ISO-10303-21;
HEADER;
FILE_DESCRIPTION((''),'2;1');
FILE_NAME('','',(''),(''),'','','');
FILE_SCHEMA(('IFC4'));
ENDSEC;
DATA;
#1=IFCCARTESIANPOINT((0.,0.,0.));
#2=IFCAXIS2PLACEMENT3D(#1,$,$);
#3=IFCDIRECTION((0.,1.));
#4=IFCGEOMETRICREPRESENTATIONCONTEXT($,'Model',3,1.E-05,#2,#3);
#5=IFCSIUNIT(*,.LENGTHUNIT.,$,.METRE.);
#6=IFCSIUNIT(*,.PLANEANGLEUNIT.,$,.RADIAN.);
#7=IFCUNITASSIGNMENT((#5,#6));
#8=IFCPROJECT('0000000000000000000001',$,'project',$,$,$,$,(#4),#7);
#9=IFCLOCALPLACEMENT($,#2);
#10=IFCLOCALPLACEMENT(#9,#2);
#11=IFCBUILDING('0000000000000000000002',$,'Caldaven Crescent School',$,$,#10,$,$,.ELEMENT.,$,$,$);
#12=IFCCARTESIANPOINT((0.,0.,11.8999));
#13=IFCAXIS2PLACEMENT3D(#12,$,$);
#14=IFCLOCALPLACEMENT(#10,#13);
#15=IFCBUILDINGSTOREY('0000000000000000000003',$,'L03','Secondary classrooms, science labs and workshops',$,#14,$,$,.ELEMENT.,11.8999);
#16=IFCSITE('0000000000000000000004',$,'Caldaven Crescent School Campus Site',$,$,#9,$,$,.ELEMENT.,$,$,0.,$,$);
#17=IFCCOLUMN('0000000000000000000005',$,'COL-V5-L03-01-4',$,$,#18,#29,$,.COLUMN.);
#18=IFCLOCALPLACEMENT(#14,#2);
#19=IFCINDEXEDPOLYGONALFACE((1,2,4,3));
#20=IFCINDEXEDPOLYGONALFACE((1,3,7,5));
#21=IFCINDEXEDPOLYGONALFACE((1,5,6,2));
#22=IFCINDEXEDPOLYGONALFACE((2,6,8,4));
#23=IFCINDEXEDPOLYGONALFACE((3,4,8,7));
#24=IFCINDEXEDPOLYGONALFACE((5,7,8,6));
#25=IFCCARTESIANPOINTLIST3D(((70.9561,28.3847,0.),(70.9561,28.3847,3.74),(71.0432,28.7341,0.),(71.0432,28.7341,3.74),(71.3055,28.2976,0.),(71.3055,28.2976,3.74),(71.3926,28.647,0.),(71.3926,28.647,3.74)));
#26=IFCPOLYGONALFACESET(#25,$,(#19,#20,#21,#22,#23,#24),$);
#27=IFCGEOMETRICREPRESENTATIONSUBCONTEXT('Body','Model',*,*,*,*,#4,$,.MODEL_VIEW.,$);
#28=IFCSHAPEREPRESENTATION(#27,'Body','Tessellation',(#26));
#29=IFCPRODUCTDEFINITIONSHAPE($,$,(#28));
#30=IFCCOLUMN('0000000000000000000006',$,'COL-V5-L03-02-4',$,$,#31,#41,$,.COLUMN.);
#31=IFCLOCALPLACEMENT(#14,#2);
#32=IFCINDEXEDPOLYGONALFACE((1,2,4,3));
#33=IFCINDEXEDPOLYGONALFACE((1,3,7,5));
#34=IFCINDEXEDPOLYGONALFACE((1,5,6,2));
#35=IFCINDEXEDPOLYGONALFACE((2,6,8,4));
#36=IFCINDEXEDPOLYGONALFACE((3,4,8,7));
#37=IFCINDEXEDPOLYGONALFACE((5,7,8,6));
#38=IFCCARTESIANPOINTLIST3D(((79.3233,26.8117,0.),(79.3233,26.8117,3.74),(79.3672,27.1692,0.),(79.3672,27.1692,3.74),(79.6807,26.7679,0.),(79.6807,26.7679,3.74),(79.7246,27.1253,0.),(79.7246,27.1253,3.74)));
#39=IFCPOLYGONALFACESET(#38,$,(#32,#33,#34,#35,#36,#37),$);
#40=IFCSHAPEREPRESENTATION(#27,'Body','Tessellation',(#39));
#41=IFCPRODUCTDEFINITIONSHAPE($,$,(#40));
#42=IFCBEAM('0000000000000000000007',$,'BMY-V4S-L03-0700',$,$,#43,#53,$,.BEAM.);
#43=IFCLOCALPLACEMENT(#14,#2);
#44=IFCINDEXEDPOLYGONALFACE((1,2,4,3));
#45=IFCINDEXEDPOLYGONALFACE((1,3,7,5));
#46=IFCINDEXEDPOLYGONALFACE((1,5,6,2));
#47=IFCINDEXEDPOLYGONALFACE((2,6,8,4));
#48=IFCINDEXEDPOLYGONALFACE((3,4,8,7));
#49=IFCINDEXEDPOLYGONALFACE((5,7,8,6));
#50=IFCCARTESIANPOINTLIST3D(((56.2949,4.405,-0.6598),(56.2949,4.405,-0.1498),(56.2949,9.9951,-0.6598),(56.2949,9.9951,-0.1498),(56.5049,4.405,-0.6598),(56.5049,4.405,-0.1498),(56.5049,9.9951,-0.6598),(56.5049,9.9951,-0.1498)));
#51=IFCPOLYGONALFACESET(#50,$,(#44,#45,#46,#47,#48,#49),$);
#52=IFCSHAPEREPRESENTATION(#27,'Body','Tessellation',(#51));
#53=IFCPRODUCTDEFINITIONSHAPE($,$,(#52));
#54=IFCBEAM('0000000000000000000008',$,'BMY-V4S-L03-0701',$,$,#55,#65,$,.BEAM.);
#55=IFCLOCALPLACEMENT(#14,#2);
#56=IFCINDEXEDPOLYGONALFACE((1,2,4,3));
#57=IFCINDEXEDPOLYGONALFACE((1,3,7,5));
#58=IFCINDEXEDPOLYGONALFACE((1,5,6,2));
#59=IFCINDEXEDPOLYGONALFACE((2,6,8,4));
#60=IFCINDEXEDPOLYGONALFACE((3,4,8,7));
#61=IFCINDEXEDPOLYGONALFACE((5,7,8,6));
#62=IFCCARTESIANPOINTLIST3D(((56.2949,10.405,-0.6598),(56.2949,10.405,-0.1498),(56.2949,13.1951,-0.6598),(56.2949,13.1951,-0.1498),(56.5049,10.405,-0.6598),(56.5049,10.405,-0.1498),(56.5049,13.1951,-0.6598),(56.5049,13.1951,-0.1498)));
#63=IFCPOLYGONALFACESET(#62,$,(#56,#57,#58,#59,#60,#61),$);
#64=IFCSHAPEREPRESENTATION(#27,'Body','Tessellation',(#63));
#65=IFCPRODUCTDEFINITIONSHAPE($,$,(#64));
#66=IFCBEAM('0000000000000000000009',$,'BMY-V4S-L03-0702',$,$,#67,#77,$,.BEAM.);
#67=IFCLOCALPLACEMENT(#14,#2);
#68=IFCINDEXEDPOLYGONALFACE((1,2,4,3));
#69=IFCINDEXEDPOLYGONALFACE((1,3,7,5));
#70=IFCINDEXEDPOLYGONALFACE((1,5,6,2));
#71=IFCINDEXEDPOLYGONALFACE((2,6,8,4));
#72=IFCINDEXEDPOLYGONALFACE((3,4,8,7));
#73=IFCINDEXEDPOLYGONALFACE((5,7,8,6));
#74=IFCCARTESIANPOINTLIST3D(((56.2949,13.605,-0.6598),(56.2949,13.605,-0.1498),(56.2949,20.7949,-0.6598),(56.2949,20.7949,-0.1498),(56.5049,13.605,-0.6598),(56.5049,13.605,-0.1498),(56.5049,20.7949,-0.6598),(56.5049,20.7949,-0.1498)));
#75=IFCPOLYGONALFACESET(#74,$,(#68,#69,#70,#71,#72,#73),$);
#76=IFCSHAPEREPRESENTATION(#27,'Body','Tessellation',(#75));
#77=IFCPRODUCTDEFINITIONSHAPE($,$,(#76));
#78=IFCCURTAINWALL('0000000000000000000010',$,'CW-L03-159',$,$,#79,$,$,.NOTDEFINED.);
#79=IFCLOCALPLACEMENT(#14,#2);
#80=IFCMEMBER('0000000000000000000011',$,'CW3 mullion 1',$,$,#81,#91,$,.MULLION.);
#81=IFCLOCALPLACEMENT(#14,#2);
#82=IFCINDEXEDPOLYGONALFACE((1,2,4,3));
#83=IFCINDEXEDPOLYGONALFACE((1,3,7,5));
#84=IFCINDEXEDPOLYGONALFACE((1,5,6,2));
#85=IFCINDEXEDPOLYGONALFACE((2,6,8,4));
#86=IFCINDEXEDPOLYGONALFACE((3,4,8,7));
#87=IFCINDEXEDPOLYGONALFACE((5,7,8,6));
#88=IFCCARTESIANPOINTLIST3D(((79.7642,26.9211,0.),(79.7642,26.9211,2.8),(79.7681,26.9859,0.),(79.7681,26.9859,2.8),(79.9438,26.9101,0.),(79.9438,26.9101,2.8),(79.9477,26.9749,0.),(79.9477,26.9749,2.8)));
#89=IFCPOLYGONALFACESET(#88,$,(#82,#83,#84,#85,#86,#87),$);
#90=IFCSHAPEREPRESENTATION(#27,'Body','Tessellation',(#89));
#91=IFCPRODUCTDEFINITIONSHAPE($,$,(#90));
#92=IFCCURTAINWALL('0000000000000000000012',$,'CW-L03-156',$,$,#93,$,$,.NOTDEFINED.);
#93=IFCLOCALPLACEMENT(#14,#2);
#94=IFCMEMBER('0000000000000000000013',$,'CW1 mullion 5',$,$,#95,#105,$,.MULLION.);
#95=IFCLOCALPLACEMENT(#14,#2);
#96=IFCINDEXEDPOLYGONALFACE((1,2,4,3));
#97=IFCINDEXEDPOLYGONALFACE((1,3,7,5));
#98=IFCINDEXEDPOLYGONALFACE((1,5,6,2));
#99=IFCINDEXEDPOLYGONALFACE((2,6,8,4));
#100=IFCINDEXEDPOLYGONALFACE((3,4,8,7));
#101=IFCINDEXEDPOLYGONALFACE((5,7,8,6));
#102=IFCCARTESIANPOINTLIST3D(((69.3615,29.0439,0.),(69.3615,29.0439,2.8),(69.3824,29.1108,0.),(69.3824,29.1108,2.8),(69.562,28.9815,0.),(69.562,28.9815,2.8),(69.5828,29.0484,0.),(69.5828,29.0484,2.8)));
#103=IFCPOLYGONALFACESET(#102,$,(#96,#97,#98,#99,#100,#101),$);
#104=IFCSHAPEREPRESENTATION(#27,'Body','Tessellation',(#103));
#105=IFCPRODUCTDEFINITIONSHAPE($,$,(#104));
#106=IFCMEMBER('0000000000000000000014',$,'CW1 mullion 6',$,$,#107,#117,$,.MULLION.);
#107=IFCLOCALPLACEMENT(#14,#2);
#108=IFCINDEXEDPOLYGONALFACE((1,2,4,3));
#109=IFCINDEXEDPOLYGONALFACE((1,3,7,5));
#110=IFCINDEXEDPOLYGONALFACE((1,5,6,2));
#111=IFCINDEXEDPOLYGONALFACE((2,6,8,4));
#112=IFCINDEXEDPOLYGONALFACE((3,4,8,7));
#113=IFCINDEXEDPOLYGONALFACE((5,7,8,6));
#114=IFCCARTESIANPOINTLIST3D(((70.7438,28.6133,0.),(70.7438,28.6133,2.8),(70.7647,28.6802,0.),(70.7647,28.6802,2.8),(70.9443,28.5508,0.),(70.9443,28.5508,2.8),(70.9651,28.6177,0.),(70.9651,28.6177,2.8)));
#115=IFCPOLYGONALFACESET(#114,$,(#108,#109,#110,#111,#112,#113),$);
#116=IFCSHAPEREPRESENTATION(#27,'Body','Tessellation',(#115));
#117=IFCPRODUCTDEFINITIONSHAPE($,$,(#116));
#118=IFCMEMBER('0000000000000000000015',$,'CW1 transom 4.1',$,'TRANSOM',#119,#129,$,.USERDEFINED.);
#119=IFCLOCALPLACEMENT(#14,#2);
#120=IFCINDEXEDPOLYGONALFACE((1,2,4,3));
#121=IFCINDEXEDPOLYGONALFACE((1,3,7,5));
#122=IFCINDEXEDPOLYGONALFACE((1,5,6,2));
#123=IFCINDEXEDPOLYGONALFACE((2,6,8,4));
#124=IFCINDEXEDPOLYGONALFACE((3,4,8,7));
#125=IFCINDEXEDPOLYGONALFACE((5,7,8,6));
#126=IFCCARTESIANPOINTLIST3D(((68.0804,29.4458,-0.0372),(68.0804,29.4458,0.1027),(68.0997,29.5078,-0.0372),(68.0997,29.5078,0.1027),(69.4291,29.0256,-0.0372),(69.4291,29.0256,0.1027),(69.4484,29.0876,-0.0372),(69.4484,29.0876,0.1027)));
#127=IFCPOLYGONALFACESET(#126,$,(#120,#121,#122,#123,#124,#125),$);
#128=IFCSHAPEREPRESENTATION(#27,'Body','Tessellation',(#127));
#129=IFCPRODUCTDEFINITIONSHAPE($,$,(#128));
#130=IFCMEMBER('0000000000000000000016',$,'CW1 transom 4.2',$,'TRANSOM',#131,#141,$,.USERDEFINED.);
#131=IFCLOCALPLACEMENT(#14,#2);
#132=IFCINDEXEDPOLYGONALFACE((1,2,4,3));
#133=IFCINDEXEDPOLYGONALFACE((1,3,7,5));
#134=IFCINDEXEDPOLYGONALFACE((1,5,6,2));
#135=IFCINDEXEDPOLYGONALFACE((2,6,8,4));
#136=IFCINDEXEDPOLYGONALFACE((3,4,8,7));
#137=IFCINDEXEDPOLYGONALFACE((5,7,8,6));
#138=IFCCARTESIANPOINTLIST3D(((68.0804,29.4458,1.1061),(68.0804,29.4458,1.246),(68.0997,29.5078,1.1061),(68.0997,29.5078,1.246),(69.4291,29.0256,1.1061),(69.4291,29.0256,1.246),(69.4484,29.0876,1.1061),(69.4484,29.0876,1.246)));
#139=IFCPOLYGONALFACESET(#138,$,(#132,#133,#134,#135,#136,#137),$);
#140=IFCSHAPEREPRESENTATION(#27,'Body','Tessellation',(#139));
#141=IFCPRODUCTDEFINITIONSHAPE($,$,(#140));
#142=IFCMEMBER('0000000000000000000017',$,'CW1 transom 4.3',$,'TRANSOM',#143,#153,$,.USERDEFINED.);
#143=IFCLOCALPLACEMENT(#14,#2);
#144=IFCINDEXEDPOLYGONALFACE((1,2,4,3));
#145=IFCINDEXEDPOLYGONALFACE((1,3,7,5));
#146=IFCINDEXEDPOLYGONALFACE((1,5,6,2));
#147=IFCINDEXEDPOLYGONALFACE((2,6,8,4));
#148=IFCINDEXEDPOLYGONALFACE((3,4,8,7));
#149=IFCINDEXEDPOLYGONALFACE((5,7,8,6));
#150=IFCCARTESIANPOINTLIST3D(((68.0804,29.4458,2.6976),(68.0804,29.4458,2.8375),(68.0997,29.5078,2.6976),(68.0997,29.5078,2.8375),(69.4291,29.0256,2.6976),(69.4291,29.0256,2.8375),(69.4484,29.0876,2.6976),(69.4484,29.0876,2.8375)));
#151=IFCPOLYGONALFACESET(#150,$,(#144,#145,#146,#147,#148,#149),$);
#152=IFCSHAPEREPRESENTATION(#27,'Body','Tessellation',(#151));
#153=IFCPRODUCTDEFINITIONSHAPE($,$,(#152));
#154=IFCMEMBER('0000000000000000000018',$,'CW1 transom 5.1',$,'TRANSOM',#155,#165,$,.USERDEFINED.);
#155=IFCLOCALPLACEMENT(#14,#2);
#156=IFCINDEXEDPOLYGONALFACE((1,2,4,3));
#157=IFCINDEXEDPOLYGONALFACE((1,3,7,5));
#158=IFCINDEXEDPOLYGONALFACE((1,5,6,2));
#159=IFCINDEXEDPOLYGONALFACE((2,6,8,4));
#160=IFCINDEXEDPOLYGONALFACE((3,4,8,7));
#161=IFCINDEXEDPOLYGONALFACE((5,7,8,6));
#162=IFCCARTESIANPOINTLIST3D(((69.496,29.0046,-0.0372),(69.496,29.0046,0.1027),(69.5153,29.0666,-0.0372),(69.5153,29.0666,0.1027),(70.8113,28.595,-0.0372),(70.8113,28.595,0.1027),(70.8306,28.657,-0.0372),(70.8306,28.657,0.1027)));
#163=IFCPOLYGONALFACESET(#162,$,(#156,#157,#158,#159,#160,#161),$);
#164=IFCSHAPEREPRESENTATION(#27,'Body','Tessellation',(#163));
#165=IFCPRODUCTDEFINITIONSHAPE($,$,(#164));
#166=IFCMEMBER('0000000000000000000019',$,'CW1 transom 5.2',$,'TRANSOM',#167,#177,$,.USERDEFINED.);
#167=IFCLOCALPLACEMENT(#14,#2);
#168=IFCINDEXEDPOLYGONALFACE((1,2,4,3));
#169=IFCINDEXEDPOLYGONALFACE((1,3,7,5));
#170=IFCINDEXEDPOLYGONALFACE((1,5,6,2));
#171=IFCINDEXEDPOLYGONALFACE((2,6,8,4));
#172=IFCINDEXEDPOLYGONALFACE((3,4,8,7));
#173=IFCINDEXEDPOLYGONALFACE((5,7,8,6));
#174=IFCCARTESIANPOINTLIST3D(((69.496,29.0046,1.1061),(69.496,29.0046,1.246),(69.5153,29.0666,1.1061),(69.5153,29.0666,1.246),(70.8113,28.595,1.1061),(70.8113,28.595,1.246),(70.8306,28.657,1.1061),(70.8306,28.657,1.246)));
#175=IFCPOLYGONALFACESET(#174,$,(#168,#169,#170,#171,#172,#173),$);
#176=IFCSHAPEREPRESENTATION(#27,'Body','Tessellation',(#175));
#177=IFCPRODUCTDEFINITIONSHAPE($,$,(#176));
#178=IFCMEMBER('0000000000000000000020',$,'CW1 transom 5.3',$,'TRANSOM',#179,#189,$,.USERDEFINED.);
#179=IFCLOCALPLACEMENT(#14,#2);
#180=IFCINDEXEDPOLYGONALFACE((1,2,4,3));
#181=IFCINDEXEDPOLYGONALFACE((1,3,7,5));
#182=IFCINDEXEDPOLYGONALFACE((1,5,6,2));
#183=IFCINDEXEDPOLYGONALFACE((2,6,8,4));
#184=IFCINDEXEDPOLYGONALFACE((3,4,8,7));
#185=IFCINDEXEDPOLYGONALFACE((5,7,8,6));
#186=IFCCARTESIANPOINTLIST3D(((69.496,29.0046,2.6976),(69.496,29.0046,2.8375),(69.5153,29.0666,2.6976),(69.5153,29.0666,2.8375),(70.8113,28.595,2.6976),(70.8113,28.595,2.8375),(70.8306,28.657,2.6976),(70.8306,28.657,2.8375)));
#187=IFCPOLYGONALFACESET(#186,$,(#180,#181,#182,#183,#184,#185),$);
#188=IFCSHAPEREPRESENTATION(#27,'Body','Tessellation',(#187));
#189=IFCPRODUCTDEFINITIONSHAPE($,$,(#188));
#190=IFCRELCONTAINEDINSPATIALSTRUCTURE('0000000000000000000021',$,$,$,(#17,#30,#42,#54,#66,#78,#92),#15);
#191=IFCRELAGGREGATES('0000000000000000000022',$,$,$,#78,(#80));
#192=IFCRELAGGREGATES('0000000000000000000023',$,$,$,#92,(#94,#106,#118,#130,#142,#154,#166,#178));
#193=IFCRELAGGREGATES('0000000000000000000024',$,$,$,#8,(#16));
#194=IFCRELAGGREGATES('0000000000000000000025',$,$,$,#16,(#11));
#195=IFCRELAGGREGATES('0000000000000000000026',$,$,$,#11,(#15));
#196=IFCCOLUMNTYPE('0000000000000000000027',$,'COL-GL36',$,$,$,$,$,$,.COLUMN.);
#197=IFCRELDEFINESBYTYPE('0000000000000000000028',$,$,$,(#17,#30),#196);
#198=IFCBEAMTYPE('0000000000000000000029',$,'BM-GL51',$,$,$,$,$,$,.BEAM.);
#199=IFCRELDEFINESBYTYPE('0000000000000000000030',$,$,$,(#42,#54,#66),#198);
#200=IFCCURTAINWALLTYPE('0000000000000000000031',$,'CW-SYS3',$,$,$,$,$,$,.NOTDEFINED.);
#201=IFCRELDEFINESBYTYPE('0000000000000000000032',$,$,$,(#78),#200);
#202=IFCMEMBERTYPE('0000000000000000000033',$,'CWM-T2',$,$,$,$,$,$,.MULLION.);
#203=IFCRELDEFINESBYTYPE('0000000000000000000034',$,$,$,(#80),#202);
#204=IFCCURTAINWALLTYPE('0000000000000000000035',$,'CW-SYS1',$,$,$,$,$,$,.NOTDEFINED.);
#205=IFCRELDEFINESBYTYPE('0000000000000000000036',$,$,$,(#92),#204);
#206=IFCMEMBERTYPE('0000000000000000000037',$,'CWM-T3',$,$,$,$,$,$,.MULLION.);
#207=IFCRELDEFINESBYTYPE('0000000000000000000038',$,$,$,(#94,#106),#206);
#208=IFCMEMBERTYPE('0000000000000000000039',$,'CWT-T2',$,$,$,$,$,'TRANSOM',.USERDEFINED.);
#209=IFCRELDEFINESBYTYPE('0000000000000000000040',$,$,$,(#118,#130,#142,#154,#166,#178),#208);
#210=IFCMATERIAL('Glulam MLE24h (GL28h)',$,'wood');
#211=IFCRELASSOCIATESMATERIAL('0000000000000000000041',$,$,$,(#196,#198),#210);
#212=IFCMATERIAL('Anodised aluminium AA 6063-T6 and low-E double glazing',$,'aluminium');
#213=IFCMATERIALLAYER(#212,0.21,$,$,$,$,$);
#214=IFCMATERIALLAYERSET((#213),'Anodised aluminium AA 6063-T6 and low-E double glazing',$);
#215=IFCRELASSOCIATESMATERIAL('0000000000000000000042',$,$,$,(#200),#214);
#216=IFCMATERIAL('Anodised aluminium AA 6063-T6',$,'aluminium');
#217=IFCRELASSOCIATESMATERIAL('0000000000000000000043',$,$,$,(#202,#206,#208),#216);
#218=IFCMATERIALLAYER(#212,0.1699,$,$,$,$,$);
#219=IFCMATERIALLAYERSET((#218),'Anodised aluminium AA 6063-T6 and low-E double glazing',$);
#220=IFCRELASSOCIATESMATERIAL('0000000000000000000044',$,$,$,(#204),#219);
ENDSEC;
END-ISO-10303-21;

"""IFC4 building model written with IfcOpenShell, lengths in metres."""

from ifc_helpers import new_model, si_unit, direction, frame, origin, origin_2d, place, context, subcontext, project, spatial, rectangle, extrude, material, layer, layer_set, material_profile, profile_set, type_object, element, aggregate, save


model = new_model("IFC4")

# Units and contexts
model_context = context("Model", 3, precision=1e-05, world=origin(), true_north=direction((0.0, 1.0)))
body_context = subcontext(model_context, "Body", "Model", "MODEL_VIEW")
ifc_project = project(units=[si_unit("LENGTHUNIT", "METRE"), si_unit("PLANEANGLEUNIT", "RADIAN")], contexts=[model_context])

# Site, building, storey
site_placement = place(None, origin())
site = spatial("IfcSite", under=ifc_project, at=site_placement, Name="Caldaven Crescent School Campus Site", CompositionType="ELEMENT", RefElevation=0.0)
building_placement = place(site_placement, origin())
building = spatial("IfcBuilding", under=site, at=building_placement, Name="Caldaven Crescent School", CompositionType="ELEMENT")
storey_placement = place(building_placement, frame((0.0, 0.0, 11.8999)))
storey = spatial("IfcBuildingStorey", under=building, at=storey_placement, Name="L03", Description="Secondary classrooms, science labs and workshops", CompositionType="ELEMENT", Elevation=11.8999)

# Columns
ifc_material_1 = material(Name="Glulam MLE24h (GL28h)", Category="wood")
ifc_material_profile_1 = material_profile(ifc_material_1, rectangle(XDim=0.3601, YDim=0.3601, at=origin_2d()), Name="MLE 360x360")
ifc_profile_set_1 = profile_set([ifc_material_profile_1], Name="Glulam MLE24h (GL28h)")
column_type = type_object("IfcColumnType", Name="COL-GL36", PredefinedType="COLUMN", material=ifc_profile_set_1)
for number, where, z_axis, x_axis, name in (
    (1, (71.1743, 28.5159, 0.0), (0.0, 0.0, 1.0), (-0.241922, -0.970296, 0.0), "COL-V5-L03-01-4"),
    (2, (79.5239, 26.9685, 0.0), (0.0, 0.0, 1.0), (-0.121869, -0.992546, 0.0), "COL-V5-L03-02-4"),
):
    element("IfcColumn", number, at=place(storey_placement, frame(where, z_axis=z_axis, x_axis=x_axis)), inside=storey, type_object=column_type, Name=name, PredefinedType="COLUMN", context=body_context, shape_type="SweptSolid", body=[
        extrude(rectangle(XDim=0.3601, YDim=0.3601, at=origin_2d()), origin(), (0.0, 0.0, 1.0), 3.74),
    ])

# Beams
ifc_material_profile_2 = material_profile(ifc_material_1, rectangle(XDim=0.21, YDim=0.51, at=origin_2d()), Name="MLE 210x510")
ifc_profile_set_2 = profile_set([ifc_material_profile_2], Name="Glulam MLE24h (GL28h)")
beam_type_1 = type_object("IfcBeamType", Name="BM-GL51", PredefinedType="BEAM", material=ifc_profile_set_2)
beam_1_placement = place(storey_placement, frame((56.3999, 4.405, -0.4048), z_axis=(0.0, 1.0, 0.0), x_axis=(-1.0, 0.0, 0.0)))
element("IfcBeam", 3, at=beam_1_placement, inside=storey, type_object=beam_type_1, Name="BMY-V4S-L03-0700", PredefinedType="BEAM", context=body_context, shape_type="SweptSolid", body=[
    extrude(rectangle(XDim=0.21, YDim=0.51, at=origin_2d()), origin(), (0.0, 0.0, 1.0), 5.5901),
])
beam_2_placement = place(storey_placement, frame((56.3999, 10.405, -0.4048), z_axis=(0.0, 1.0, 0.0), x_axis=(-1.0, 0.0, 0.0)))
element("IfcBeam", 4, at=beam_2_placement, inside=storey, type_object=beam_type_1, Name="BMY-V4S-L03-0701", PredefinedType="BEAM", context=body_context, shape_type="SweptSolid", body=[
    extrude(rectangle(XDim=0.21, YDim=0.51, at=origin_2d()), origin(), (0.0, 0.0, 1.0), 2.79),
])
beam_3_placement = place(storey_placement, frame((56.3999, 13.605, -0.4048), z_axis=(0.0, 1.0, 0.0), x_axis=(-1.0, 0.0, 0.0)))
element("IfcBeam", 5, at=beam_3_placement, inside=storey, type_object=beam_type_1, Name="BMY-V4S-L03-0702", PredefinedType="BEAM", context=body_context, shape_type="SweptSolid", body=[
    extrude(rectangle(XDim=0.21, YDim=0.51, at=origin_2d()), origin(), (0.0, 0.0, 1.0), 7.1899),
])

# Curtain wall, member
ifc_material_2 = material(Name="Anodised aluminium AA 6063-T6 and low-E double glazing", Category="aluminium")
ifc_layer_1 = layer(ifc_material_2, 0.21)
ifc_layer_set_1 = layer_set([ifc_layer_1], Name="Anodised aluminium AA 6063-T6 and low-E double glazing")
curtain_wall_type_1 = type_object("IfcCurtainWallType", Name="CW-SYS3", PredefinedType="NOTDEFINED", material=ifc_layer_set_1)
curtain_wall_1_placement = place(storey_placement, origin())
curtain_wall_1 = element("IfcCurtainWall", 6, at=curtain_wall_1_placement, inside=storey, type_object=curtain_wall_type_1, Name="CW-L03-159", PredefinedType="NOTDEFINED")
ifc_material_3 = material(Name="Anodised aluminium AA 6063-T6", Category="aluminium")
ifc_material_profile_3 = material_profile(ifc_material_3, rectangle(XDim=0.0649, YDim=0.1799, at=origin_2d()), Name="CWM 65x180")
ifc_profile_set_3 = profile_set([ifc_material_profile_3], Name="Anodised aluminium AA 6063-T6")
member_type_1 = type_object("IfcMemberType", Name="CWM-T2", PredefinedType="MULLION", material=ifc_profile_set_3)
member_1_placement = place(storey_placement, frame((79.856, 26.948, 0.0), z_axis=(0.0, 0.0, 1.0), x_axis=(0.061049, 0.998135, 0.0)))
member_1 = element("IfcMember", 7, at=member_1_placement, type_object=member_type_1, Name="CW3 mullion 1", PredefinedType="MULLION", context=body_context, shape_type="SweptSolid", body=[
    extrude(rectangle(XDim=0.0649, YDim=0.1799, at=origin_2d()), origin(), (0.0, 0.0, 1.0), 2.8),
])

# Curtain wall, members
ifc_layer_2 = layer(ifc_material_2, 0.1699)
ifc_layer_set_2 = layer_set([ifc_layer_2], Name="Anodised aluminium AA 6063-T6 and low-E double glazing")
curtain_wall_type_2 = type_object("IfcCurtainWallType", Name="CW-SYS1", PredefinedType="NOTDEFINED", material=ifc_layer_set_2)
curtain_wall_2_placement = place(storey_placement, origin())
curtain_wall_2 = element("IfcCurtainWall", 8, at=curtain_wall_2_placement, inside=storey, type_object=curtain_wall_type_2, Name="CW-L03-156", PredefinedType="NOTDEFINED")
ifc_material_profile_4 = material_profile(ifc_material_3, rectangle(XDim=0.0701, YDim=0.21, at=origin_2d()), Name="CWM 70x210")
ifc_profile_set_4 = profile_set([ifc_material_profile_4], Name="Anodised aluminium AA 6063-T6")
member_type_2 = type_object("IfcMemberType", Name="CWM-T3", PredefinedType="MULLION", material=ifc_profile_set_4)
member_2_placement = place(storey_placement, frame((69.4722, 29.0461, 0.0), z_axis=(0.0, 0.0, 1.0), x_axis=(0.29742, 0.954747, 0.0)))
member_2 = element("IfcMember", 9, at=member_2_placement, type_object=member_type_2, Name="CW1 mullion 5", PredefinedType="MULLION", context=body_context, shape_type="SweptSolid", body=[
    extrude(rectangle(XDim=0.0701, YDim=0.21, at=origin_2d()), origin(), (0.0, 0.0, 1.0), 2.8),
])
member_3_placement = place(storey_placement, frame((70.8545, 28.6155, 0.0), z_axis=(0.0, 0.0, 1.0), x_axis=(0.29742, 0.954747, 0.0)))
member_3 = element("IfcMember", 10, at=member_3_placement, type_object=member_type_2, Name="CW1 mullion 6", PredefinedType="MULLION", context=body_context, shape_type="SweptSolid", body=[
    extrude(rectangle(XDim=0.0701, YDim=0.21, at=origin_2d()), origin(), (0.0, 0.0, 1.0), 2.8),
])
ifc_material_profile_5 = material_profile(ifc_material_3, rectangle(XDim=0.0649, YDim=0.1399, at=origin_2d()), Name="CWT 65x140")
ifc_profile_set_5 = profile_set([ifc_material_profile_5], Name="Anodised aluminium AA 6063-T6")
member_type_3 = type_object("IfcMemberType", Name="CWT-T2", ElementType="TRANSOM", PredefinedType="USERDEFINED", material=ifc_profile_set_5)
member_4_placement = place(storey_placement, frame((68.0901, 29.4768, 0.0327), z_axis=(0.954738, -0.297448, 0.0), x_axis=(0.297448, 0.954738, 0.0)))
member_4 = element("IfcMember", 11, at=member_4_placement, type_object=member_type_3, Name="CW1 transom 4.1", ObjectType="TRANSOM", PredefinedType="USERDEFINED", context=body_context, shape_type="SweptSolid", body=[
    extrude(rectangle(XDim=0.0649, YDim=0.1399, at=origin_2d()), origin(), (0.0, 0.0, 1.0), 1.4126),
])
member_5_placement = place(storey_placement, frame((68.0901, 29.4768, 1.176), z_axis=(0.954738, -0.297448, 0.0), x_axis=(0.297448, 0.954738, 0.0)))
member_5 = element("IfcMember", 12, at=member_5_placement, type_object=member_type_3, Name="CW1 transom 4.2", ObjectType="TRANSOM", PredefinedType="USERDEFINED", context=body_context, shape_type="SweptSolid", body=[
    extrude(rectangle(XDim=0.0649, YDim=0.1399, at=origin_2d()), origin(), (0.0, 0.0, 1.0), 1.4126),
])
member_6_placement = place(storey_placement, frame((68.0901, 29.4768, 2.7676), z_axis=(0.954738, -0.297448, 0.0), x_axis=(0.297448, 0.954738, 0.0)))
member_6 = element("IfcMember", 13, at=member_6_placement, type_object=member_type_3, Name="CW1 transom 4.3", ObjectType="TRANSOM", PredefinedType="USERDEFINED", context=body_context, shape_type="SweptSolid", body=[
    extrude(rectangle(XDim=0.0649, YDim=0.1399, at=origin_2d()), origin(), (0.0, 0.0, 1.0), 1.4126),
])
member_7_placement = place(storey_placement, frame((69.5056, 29.0356, 0.0327), z_axis=(0.95477, -0.297347, 0.0), x_axis=(0.297347, 0.95477, 0.0)))
member_7 = element("IfcMember", 14, at=member_7_placement, type_object=member_type_3, Name="CW1 transom 5.1", ObjectType="TRANSOM", PredefinedType="USERDEFINED", context=body_context, shape_type="SweptSolid", body=[
    extrude(rectangle(XDim=0.0649, YDim=0.1399, at=origin_2d()), origin(), (0.0, 0.0, 1.0), 1.3777),
])
member_8_placement = place(storey_placement, frame((69.5056, 29.0356, 1.176), z_axis=(0.95477, -0.297347, 0.0), x_axis=(0.297347, 0.95477, 0.0)))
member_8 = element("IfcMember", 15, at=member_8_placement, type_object=member_type_3, Name="CW1 transom 5.2", ObjectType="TRANSOM", PredefinedType="USERDEFINED", context=body_context, shape_type="SweptSolid", body=[
    extrude(rectangle(XDim=0.0649, YDim=0.1399, at=origin_2d()), origin(), (0.0, 0.0, 1.0), 1.3777),
])
member_9_placement = place(storey_placement, frame((69.5056, 29.0356, 2.7676), z_axis=(0.95477, -0.297347, 0.0), x_axis=(0.297347, 0.95477, 0.0)))
member_9 = element("IfcMember", 16, at=member_9_placement, type_object=member_type_3, Name="CW1 transom 5.3", ObjectType="TRANSOM", PredefinedType="USERDEFINED", context=body_context, shape_type="SweptSolid", body=[
    extrude(rectangle(XDim=0.0649, YDim=0.1399, at=origin_2d()), origin(), (0.0, 0.0, 1.0), 1.3777),
])

aggregate(curtain_wall_1, [member_1])

aggregate(curtain_wall_2, [member_2, member_3, member_4, member_5, member_6, member_7, member_8, member_9])

save(model, "model.ifc")
